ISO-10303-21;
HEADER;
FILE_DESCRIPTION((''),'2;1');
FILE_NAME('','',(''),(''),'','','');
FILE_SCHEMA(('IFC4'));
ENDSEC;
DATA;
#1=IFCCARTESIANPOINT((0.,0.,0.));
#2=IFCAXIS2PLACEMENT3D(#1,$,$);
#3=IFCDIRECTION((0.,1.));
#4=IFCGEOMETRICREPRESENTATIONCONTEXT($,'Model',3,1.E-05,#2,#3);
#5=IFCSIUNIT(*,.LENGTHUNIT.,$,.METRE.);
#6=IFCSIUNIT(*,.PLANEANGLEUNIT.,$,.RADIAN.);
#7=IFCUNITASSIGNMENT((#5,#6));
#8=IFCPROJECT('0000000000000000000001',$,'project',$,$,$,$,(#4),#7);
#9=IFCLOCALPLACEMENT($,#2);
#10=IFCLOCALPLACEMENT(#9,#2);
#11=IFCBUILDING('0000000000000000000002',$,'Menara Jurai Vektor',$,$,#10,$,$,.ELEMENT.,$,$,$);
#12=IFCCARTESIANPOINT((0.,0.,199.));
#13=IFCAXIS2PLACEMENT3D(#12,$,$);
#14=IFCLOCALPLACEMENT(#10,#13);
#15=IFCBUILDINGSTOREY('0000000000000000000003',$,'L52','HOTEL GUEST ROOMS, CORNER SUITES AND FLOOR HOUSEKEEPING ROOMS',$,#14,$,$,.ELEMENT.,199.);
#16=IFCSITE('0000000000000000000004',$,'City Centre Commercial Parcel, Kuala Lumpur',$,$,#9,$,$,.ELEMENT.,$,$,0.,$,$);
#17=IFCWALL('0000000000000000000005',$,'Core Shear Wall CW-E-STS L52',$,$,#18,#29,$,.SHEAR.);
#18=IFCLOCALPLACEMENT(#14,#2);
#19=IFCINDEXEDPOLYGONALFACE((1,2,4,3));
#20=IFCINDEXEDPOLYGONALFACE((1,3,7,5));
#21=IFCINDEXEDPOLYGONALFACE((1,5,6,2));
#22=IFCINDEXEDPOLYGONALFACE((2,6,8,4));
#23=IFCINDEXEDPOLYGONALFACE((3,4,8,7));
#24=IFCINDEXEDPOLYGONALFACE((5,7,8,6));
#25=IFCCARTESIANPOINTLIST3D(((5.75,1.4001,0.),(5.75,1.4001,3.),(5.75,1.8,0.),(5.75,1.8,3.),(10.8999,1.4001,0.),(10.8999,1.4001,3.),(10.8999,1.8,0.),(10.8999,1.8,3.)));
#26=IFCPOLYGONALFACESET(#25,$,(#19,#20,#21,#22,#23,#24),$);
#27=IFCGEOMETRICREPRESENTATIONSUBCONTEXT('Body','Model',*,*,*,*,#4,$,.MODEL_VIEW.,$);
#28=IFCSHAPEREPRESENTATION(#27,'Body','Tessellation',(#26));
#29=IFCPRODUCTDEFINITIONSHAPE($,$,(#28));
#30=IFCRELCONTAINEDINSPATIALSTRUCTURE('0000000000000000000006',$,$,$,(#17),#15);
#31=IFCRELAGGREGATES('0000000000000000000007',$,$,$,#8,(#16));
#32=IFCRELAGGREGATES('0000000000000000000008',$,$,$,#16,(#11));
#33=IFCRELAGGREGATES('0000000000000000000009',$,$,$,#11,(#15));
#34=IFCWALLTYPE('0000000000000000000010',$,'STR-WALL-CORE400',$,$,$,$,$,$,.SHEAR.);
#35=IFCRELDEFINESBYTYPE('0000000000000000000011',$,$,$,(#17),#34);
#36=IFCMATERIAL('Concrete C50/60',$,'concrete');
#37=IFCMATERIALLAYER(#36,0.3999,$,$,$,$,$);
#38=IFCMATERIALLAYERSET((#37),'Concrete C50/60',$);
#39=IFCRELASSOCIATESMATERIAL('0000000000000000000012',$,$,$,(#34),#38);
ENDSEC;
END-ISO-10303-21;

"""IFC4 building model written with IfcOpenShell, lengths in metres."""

from ifc_helpers import new_model, si_unit, direction, frame, frame_2d, origin, place, context, subcontext, project, spatial, rectangle, extrude, material, layer, layer_set, type_object, element, save


model = new_model("IFC4")

# Units and contexts
model_context = context("Model", 3, precision=1e-05, world=origin(), true_north=direction((0.0, 1.0)))
body_context = subcontext(model_context, "Body", "Model", "MODEL_VIEW")
ifc_project = project(units=[si_unit("LENGTHUNIT", "METRE"), si_unit("PLANEANGLEUNIT", "RADIAN")], contexts=[model_context])

# Site, building, storey
site_placement = place(None, origin())
site = spatial("IfcSite", under=ifc_project, at=site_placement, Name="City Centre Commercial Parcel, Kuala Lumpur", CompositionType="ELEMENT", RefElevation=0.0)
building_placement = place(site_placement, origin())
building = spatial("IfcBuilding", under=site, at=building_placement, Name="Menara Jurai Vektor", CompositionType="ELEMENT")
storey_placement = place(building_placement, frame((0.0, 0.0, 199.0)))
storey = spatial("IfcBuildingStorey", under=building, at=storey_placement, Name="L52", Description="HOTEL GUEST ROOMS, CORNER SUITES AND FLOOR HOUSEKEEPING ROOMS", CompositionType="ELEMENT", Elevation=199.0)

# Shared definitions
ifc_material_1 = material(Name="Concrete C50/60", Category="concrete")

# Wall
ifc_layer_1 = layer(ifc_material_1, 0.3999)
ifc_layer_set_1 = layer_set([ifc_layer_1], Name="Concrete C50/60")
wall_type_1 = type_object("IfcWallType", Name="STR-WALL-CORE400", PredefinedType="SHEAR", material=ifc_layer_set_1)
wall_1_placement = place(storey_placement, frame((5.75, 1.6001, 0.0), z_axis=(0.0, 0.0, 1.0), x_axis=(1.0, 0.0, 0.0)))
element("IfcWall", 1, at=wall_1_placement, inside=storey, type_object=wall_type_1, Name="Core Shear Wall CW-E-STS L52", PredefinedType="SHEAR", context=body_context, shape_type="SweptSolid", body=[
    extrude(rectangle(XDim=5.1499, YDim=0.3999, at=frame_2d((2.575, 0.0))), origin(), (0.0, 0.0, 1.0), 3.0),
])

save(model, "model.ifc")
